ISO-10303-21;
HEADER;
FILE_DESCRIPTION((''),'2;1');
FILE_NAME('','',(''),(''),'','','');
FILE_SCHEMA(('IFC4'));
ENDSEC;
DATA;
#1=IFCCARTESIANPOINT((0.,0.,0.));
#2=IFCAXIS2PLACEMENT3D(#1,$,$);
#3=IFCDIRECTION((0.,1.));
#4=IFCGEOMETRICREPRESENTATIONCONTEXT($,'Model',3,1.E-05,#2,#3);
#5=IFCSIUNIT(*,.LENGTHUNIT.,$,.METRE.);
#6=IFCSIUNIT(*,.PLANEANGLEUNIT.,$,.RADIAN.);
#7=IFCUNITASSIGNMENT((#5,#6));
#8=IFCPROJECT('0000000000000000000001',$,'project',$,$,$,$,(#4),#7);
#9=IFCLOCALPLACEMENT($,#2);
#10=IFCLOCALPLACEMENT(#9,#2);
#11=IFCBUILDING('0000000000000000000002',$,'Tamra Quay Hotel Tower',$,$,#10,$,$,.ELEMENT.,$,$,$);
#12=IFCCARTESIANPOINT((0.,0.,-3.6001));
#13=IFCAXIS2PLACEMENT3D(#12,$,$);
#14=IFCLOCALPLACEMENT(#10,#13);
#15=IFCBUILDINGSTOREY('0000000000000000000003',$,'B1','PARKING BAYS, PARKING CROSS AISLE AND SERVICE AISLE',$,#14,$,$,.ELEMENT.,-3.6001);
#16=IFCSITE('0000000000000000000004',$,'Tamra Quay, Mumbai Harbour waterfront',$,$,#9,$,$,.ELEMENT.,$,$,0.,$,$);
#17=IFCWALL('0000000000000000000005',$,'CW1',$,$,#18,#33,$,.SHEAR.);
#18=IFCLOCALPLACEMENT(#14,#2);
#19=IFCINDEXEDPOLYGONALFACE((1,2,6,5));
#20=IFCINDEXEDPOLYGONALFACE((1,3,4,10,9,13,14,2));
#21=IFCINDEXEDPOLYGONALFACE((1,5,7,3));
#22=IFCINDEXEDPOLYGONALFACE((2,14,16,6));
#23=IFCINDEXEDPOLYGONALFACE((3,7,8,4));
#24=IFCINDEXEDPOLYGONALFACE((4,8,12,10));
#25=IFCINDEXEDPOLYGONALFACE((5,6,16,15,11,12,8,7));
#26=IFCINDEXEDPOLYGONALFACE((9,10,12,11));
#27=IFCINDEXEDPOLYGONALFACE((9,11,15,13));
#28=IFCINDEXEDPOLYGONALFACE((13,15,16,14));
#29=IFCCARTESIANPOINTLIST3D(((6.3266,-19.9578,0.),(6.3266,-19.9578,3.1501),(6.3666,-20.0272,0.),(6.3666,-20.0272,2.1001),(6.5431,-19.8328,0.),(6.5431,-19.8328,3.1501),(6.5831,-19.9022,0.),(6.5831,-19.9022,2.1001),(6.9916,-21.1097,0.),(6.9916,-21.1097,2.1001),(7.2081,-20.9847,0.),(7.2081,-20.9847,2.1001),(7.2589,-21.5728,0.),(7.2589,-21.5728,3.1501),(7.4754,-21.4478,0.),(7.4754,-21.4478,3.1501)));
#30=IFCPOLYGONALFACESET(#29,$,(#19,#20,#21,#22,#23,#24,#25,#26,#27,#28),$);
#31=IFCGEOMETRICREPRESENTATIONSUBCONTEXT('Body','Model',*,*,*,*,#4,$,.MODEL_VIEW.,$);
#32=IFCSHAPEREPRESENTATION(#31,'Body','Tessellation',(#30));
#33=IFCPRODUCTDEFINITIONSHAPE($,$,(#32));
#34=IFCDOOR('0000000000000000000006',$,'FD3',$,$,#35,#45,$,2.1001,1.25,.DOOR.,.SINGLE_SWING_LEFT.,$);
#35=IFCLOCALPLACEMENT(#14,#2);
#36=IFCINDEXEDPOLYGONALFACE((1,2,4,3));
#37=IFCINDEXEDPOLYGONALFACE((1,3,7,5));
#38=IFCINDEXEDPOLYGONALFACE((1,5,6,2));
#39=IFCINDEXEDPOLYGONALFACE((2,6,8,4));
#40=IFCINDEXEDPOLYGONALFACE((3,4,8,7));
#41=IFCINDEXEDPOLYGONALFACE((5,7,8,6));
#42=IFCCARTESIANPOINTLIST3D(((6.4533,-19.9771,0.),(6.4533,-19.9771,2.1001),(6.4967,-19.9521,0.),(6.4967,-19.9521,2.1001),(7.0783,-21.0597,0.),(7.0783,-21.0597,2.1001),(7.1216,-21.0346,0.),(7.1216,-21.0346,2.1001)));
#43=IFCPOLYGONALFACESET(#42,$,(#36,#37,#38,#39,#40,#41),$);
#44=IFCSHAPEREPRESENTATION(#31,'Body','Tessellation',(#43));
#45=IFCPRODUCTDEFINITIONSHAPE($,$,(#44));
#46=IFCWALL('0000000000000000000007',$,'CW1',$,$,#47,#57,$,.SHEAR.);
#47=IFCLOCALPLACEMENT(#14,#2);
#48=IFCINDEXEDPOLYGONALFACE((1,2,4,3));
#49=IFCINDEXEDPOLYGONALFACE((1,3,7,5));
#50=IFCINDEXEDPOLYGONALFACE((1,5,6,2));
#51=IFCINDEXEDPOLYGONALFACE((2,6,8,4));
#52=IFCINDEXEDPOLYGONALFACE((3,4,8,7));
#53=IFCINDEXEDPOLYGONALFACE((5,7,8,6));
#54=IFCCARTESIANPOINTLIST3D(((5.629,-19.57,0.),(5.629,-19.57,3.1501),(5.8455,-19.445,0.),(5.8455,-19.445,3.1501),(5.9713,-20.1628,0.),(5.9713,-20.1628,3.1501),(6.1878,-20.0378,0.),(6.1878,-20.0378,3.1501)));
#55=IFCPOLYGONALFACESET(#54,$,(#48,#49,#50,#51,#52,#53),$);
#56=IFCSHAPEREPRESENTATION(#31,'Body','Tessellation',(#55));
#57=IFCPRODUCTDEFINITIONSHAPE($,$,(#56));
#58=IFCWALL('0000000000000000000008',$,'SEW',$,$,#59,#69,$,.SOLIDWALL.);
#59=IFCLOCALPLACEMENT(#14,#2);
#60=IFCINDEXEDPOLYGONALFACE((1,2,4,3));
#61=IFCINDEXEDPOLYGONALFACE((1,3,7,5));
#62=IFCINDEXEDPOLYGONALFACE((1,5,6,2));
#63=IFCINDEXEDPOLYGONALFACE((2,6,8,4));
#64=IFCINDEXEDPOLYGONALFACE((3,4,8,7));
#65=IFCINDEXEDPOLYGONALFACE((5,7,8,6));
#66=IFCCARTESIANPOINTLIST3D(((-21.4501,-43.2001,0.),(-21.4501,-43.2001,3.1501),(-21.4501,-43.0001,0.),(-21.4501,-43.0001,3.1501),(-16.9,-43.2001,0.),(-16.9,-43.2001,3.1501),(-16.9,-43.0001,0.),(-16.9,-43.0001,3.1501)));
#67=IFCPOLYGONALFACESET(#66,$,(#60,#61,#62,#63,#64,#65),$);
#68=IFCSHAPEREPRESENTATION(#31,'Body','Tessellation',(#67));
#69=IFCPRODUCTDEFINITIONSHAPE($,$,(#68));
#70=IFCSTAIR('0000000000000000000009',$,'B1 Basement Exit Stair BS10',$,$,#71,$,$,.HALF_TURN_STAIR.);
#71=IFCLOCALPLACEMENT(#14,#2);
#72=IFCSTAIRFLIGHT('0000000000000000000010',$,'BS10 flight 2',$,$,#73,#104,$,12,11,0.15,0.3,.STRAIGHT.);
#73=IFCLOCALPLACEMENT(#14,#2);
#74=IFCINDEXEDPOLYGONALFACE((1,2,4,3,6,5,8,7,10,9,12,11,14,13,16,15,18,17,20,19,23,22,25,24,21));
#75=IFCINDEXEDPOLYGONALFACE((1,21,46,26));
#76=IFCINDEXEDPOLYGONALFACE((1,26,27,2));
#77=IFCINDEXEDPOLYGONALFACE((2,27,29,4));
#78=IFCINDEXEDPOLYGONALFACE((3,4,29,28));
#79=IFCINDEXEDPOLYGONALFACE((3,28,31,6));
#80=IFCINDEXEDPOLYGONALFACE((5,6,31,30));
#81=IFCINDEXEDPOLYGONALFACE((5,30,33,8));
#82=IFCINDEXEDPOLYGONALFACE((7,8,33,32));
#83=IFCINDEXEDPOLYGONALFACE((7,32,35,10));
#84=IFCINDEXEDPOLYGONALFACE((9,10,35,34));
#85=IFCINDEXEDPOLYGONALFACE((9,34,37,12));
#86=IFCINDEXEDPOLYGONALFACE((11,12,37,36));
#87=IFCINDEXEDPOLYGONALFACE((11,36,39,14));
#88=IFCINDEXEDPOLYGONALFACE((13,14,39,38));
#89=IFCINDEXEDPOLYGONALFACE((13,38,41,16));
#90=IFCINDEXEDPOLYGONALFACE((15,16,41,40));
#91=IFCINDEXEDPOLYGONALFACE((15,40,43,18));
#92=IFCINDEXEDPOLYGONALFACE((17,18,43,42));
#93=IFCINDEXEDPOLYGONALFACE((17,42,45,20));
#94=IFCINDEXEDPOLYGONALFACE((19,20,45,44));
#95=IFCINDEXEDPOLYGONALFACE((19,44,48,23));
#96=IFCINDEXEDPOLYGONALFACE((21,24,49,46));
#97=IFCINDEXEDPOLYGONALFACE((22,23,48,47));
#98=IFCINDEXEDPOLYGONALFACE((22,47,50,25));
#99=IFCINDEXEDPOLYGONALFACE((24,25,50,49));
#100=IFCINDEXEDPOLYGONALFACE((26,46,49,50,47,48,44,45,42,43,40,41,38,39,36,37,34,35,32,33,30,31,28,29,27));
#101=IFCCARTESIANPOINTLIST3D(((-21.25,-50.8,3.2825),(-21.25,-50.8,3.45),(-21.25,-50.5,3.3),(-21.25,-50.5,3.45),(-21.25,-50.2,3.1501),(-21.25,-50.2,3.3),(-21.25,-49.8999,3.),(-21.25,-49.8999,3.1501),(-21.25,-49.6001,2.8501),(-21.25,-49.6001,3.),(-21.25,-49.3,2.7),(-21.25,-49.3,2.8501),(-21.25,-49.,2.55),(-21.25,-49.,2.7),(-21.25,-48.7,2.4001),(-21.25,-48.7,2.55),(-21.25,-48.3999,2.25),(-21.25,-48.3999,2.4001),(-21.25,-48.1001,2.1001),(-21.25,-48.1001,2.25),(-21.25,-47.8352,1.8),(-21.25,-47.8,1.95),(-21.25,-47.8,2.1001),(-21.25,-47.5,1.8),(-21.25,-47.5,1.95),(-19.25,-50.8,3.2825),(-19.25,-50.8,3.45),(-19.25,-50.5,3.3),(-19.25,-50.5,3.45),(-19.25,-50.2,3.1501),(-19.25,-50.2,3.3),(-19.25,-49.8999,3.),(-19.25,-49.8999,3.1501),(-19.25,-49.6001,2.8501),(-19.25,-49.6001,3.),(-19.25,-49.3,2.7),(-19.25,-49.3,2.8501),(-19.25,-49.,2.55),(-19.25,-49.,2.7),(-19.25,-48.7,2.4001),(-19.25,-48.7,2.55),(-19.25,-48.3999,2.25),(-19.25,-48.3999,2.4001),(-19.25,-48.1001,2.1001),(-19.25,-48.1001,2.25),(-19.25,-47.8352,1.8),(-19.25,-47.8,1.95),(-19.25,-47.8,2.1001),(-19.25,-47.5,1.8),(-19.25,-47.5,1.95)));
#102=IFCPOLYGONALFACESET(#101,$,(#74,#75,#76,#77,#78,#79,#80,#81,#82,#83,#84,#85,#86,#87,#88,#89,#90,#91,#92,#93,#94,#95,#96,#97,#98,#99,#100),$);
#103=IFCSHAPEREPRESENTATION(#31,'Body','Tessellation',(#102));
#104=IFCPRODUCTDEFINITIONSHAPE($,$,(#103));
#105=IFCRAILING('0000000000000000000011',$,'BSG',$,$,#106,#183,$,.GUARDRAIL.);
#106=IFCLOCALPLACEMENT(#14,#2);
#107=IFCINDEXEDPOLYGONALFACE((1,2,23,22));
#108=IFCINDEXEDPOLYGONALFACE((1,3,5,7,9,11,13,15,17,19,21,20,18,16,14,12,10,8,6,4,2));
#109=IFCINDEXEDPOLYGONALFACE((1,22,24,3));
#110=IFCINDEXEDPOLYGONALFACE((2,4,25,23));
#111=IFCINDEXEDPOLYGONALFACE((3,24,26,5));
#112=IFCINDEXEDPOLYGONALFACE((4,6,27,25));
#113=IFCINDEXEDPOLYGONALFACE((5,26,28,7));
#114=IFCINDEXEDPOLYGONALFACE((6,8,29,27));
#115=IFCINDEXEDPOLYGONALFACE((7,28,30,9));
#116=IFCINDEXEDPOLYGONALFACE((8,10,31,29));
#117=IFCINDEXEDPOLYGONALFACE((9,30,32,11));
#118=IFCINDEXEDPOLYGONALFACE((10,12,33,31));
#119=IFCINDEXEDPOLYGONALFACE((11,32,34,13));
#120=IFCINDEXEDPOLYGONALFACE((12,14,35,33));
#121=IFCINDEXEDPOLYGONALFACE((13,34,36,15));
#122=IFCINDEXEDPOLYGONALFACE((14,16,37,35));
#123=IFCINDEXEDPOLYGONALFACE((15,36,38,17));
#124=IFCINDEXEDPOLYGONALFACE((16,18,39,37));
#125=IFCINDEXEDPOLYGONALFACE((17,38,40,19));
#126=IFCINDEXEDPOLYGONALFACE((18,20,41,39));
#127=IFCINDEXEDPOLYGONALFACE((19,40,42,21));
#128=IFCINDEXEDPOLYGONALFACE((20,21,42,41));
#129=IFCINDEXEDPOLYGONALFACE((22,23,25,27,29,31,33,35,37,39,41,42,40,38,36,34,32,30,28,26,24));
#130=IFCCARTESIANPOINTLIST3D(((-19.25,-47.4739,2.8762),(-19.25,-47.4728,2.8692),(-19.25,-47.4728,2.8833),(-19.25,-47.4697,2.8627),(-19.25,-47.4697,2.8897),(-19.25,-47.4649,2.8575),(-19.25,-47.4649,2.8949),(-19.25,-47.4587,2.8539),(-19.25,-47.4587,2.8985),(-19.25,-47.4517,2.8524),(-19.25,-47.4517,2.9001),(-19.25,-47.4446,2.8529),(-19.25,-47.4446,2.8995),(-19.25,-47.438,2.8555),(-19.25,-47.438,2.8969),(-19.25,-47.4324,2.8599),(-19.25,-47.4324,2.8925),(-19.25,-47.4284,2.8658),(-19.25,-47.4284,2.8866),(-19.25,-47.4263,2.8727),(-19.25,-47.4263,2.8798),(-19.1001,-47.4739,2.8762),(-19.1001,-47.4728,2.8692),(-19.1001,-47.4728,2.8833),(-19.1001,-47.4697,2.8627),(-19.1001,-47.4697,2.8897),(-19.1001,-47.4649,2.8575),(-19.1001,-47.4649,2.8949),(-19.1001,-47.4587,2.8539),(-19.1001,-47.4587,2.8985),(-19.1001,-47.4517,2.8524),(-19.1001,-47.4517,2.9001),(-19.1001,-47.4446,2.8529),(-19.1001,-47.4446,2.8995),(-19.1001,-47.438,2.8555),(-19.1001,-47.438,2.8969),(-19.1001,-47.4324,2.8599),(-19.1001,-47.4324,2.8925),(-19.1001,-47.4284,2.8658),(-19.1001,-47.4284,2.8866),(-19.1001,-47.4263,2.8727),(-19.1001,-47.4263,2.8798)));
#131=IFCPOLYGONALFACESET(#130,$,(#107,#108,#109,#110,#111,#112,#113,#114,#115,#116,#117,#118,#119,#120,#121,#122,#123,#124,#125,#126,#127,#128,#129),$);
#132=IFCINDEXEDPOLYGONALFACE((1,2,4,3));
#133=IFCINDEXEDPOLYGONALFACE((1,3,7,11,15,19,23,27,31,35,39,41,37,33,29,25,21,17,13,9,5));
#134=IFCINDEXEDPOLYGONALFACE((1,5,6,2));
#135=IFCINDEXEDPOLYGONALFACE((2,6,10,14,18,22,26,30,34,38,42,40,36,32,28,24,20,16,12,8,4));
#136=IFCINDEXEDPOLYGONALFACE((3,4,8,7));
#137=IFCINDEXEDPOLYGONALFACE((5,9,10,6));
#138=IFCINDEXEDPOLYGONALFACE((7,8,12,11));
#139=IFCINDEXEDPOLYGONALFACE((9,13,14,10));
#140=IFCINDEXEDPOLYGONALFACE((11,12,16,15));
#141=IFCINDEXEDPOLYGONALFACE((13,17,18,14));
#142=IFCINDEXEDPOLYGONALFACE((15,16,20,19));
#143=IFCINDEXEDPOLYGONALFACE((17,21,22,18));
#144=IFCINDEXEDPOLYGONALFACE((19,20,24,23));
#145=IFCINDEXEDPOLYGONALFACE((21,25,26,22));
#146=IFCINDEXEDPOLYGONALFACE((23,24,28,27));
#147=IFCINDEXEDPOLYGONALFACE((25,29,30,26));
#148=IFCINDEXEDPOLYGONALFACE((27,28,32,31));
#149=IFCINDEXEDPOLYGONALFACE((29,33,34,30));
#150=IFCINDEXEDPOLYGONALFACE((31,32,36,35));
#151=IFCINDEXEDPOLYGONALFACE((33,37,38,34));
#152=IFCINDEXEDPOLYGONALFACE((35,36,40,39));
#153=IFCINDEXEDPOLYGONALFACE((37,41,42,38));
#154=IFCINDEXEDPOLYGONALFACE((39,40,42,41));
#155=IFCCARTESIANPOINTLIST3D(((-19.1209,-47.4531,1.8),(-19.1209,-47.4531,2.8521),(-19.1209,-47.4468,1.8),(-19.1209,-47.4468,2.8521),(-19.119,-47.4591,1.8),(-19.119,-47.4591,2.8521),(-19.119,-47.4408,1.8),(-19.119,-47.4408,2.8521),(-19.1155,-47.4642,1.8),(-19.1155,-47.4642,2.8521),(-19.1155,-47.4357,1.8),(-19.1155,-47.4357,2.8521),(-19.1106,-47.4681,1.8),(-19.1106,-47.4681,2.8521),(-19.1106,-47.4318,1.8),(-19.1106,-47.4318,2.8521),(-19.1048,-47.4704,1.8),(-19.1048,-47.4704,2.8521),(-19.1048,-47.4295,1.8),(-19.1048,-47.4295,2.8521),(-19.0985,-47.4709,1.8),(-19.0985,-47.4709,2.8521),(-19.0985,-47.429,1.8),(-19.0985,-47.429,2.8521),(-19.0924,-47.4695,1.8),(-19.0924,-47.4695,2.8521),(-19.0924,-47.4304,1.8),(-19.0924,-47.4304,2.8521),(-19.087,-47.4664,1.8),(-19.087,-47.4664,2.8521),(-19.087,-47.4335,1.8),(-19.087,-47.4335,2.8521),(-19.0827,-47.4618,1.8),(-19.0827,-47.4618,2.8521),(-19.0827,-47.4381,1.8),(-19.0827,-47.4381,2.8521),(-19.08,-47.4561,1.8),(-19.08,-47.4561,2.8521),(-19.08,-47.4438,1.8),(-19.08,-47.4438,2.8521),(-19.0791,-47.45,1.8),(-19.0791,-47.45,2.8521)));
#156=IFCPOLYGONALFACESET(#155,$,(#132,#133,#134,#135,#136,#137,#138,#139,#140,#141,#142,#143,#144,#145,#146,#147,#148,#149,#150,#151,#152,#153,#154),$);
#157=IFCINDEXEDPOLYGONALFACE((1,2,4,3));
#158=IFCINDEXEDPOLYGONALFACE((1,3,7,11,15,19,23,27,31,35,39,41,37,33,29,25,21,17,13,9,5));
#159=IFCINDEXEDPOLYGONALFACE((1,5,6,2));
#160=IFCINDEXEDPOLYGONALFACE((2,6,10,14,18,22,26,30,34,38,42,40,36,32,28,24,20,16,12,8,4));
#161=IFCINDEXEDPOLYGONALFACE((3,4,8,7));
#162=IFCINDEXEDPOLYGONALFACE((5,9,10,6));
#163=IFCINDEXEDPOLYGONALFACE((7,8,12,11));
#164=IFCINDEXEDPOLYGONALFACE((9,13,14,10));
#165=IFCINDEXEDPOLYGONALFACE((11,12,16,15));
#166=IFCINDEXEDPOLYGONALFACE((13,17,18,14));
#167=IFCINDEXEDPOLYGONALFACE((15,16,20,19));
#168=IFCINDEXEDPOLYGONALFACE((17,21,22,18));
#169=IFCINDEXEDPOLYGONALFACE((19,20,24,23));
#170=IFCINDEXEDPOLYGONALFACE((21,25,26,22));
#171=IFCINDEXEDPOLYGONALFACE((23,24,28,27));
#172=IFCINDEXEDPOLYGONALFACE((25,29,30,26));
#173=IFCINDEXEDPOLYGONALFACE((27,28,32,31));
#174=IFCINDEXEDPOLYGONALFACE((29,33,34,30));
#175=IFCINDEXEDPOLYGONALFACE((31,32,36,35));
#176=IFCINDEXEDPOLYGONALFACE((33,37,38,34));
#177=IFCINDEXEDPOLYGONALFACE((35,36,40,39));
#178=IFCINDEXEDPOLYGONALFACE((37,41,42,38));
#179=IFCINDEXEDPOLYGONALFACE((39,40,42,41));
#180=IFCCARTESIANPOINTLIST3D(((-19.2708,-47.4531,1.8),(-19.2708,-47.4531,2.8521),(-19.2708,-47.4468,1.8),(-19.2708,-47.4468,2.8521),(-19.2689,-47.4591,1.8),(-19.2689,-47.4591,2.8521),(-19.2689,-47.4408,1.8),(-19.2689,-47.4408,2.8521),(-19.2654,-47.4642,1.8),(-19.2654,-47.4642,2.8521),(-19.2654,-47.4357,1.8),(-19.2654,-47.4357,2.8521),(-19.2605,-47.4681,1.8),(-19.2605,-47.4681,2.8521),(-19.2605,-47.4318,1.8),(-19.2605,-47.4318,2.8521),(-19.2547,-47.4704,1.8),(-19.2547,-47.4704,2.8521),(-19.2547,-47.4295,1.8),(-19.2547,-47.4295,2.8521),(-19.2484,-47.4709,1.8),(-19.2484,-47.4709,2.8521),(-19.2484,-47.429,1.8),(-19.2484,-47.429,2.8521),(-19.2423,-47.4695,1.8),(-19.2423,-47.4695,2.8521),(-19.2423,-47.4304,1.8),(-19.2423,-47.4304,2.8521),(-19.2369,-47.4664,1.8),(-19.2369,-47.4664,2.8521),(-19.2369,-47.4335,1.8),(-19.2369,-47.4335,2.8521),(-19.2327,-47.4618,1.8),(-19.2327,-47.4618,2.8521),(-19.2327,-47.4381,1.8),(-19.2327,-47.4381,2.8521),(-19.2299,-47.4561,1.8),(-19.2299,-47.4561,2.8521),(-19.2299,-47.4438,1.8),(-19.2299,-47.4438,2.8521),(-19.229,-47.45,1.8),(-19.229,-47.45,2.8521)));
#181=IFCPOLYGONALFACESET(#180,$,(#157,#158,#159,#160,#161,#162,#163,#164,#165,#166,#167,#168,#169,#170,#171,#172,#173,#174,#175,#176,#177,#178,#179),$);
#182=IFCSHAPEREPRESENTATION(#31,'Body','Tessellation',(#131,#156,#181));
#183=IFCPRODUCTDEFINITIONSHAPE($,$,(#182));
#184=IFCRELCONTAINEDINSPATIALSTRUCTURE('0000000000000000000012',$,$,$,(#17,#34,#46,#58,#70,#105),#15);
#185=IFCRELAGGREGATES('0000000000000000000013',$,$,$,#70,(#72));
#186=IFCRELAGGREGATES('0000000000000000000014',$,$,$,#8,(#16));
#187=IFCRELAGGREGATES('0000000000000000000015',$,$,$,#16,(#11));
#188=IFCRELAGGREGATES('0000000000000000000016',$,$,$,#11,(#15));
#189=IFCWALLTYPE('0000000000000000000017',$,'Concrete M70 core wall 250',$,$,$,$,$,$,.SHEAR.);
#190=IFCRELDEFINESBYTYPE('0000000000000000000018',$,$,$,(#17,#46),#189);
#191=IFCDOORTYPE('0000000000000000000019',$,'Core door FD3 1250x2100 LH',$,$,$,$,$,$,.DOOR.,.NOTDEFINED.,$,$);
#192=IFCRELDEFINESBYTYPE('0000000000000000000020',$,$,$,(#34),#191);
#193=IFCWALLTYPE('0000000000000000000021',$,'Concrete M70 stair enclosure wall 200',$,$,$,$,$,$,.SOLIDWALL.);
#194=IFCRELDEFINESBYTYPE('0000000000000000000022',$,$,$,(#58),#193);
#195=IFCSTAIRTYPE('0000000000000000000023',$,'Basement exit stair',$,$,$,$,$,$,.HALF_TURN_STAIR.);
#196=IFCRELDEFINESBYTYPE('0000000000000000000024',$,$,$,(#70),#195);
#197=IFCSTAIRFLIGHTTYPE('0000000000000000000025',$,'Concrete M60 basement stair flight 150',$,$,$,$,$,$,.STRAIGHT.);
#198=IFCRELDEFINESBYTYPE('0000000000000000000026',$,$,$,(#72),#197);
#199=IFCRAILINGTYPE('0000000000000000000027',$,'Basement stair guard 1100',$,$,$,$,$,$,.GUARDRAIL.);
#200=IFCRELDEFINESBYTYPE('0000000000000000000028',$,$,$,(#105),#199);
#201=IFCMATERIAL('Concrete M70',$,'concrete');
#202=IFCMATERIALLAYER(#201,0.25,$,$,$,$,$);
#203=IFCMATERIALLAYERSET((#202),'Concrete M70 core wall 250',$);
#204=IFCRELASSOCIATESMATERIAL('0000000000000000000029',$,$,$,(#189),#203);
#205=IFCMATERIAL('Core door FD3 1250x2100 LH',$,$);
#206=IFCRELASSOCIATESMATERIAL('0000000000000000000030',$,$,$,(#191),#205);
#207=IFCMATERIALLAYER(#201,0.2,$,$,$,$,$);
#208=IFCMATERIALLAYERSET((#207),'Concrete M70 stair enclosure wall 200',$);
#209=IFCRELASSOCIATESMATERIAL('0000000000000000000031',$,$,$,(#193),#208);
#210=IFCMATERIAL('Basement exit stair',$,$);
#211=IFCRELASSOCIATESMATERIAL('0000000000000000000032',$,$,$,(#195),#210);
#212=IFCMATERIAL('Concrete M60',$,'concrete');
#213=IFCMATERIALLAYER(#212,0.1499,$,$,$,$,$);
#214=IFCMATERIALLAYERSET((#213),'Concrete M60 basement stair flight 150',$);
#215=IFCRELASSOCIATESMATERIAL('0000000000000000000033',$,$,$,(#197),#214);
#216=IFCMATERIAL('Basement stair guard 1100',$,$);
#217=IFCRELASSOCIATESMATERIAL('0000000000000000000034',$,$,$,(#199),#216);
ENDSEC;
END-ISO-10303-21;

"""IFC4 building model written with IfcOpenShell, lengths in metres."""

from ifc_helpers import new_model, si_unit, direction, frame, frame_2d, origin, origin_2d, place, context, subcontext, project, spatial, polyline, rectangle, circle, outline, extrude, material, layer, layer_set, type_object, element, fill, aggregate, save


model = new_model("IFC4")

# Units and contexts
model_context = context("Model", 3, precision=1e-05, world=origin(), true_north=direction((0.0, 1.0)))
body_context = subcontext(model_context, "Body", "Model", "MODEL_VIEW")
ifc_project = project(units=[si_unit("LENGTHUNIT", "METRE"), si_unit("PLANEANGLEUNIT", "RADIAN")], contexts=[model_context])

# Site, building, storey
site_placement = place(None, origin())
site = spatial("IfcSite", under=ifc_project, at=site_placement, Name="Tamra Quay, Mumbai Harbour waterfront", CompositionType="ELEMENT", RefElevation=0.0)
building_placement = place(site_placement, origin())
building = spatial("IfcBuilding", under=site, at=building_placement, Name="Tamra Quay Hotel Tower", CompositionType="ELEMENT")
storey_placement = place(building_placement, frame((0.0, 0.0, -3.6001)))
storey = spatial("IfcBuildingStorey", under=building, at=storey_placement, Name="B1", Description="PARKING BAYS, PARKING CROSS AISLE AND SERVICE AISLE", CompositionType="ELEMENT", Elevation=-3.6001)

# Shared definitions
ifc_material_1 = material(Name="Concrete M70", Category="concrete")

# Shared definitions
ifc_layer_1 = layer(ifc_material_1, 0.25)
ifc_layer_set_1 = layer_set([ifc_layer_1], Name="Concrete M70 core wall 250")
wall_type_1 = type_object("IfcWallType", Name="Concrete M70 core wall 250", PredefinedType="SHEAR", material=ifc_layer_set_1)

# Wall, opening, door
wall_1_placement = place(storey_placement, frame((7.3672, -21.5103, 0.0), z_axis=(0.0, 0.0, 1.0), x_axis=(-0.499983, 0.866035, 0.0)))
wall_1 = element("IfcWall", 1, at=wall_1_placement, inside=storey, type_object=wall_type_1, Name="CW1", PredefinedType="SHEAR", context=body_context, shape_type="SweptSolid", body=[
    extrude(rectangle(XDim=1.8647, YDim=0.25, at=frame_2d((0.9324, 0.0))), origin(), (0.0, 0.0, 1.0), 3.1501),
])
opening_1_placement = place(wall_1_placement, frame((0.5347, 0.0, 0.0)))
opening_1 = element("IfcOpeningElement", 2, at=opening_1_placement, cuts=wall_1, PredefinedType="OPENING", context=body_context, shape_type="SweptSolid", body=[
    extrude(rectangle(XDim=1.25, YDim=2.1001, at=frame_2d((0.625, 1.05))), frame((0.0, 0.135, 0.0), z_axis=(0.0, -1.0, 0.0), x_axis=(1.0, 0.0, 0.0)), (0.0, 0.0, 1.0), 0.27),
])
ifc_material_2 = material(Name="Core door FD3 1250x2100 LH")
door_type_1 = type_object("IfcDoorType", Name="Core door FD3 1250x2100 LH", OperationType="NOTDEFINED", PredefinedType="DOOR", material=ifc_material_2)
door_1_placement = place(opening_1_placement, origin())
door_1 = element("IfcDoor", 3, at=door_1_placement, inside=storey, type_object=door_type_1, Name="FD3", OperationType="SINGLE_SWING_LEFT", OverallHeight=2.1001, OverallWidth=1.25, PredefinedType="DOOR", context=body_context, shape_type="SweptSolid", body=[
    extrude(rectangle(XDim=1.25, YDim=2.1001, at=frame_2d((0.625, 1.05))), frame((0.0, 0.0249, 0.0), z_axis=(0.0, -1.0, 0.0), x_axis=(1.0, 0.0, 0.0)), (0.0, 0.0, 1.0), 0.05),
])
fill(opening_1, door_1)

# Walls
wall_2_placement = place(storey_placement, frame((6.0796, -20.1003, 0.0), z_axis=(0.0, 0.0, 1.0), x_axis=(-0.500052, 0.865996, 0.0)))
element("IfcWall", 4, at=wall_2_placement, inside=storey, type_object=wall_type_1, Name="CW1", PredefinedType="SHEAR", context=body_context, shape_type="SweptSolid", body=[
    extrude(rectangle(XDim=0.6846, YDim=0.25, at=frame_2d((0.3423, 0.0))), origin(), (0.0, 0.0, 1.0), 3.1501),
])
ifc_layer_2 = layer(ifc_material_1, 0.2)
ifc_layer_set_2 = layer_set([ifc_layer_2], Name="Concrete M70 stair enclosure wall 200")
wall_type_2 = type_object("IfcWallType", Name="Concrete M70 stair enclosure wall 200", PredefinedType="SOLIDWALL", material=ifc_layer_set_2)
wall_3_placement = place(storey_placement, frame((-21.45, -43.1001, 0.0), z_axis=(0.0, 0.0, 1.0), x_axis=(1.0, 0.0, 0.0)))
element("IfcWall", 5, at=wall_3_placement, inside=storey, type_object=wall_type_2, Name="SEW", PredefinedType="SOLIDWALL", context=body_context, shape_type="SweptSolid", body=[
    extrude(rectangle(XDim=4.55, YDim=0.2, at=frame_2d((2.2749, 0.0))), origin(), (0.0, 0.0, 1.0), 3.1501),
])

# Stair, stair flight
ifc_material_3 = material(Name="Basement exit stair")
stair_type = type_object("IfcStairType", Name="Basement exit stair", PredefinedType="HALF_TURN_STAIR", material=ifc_material_3)
stair_placement = place(storey_placement, origin())
stair = element("IfcStair", 6, at=stair_placement, inside=storey, type_object=stair_type, Name="B1 Basement Exit Stair BS10", PredefinedType="HALF_TURN_STAIR")
ifc_material_4 = material(Name="Concrete M60", Category="concrete")
ifc_layer_3 = layer(ifc_material_4, 0.1499)
ifc_layer_set_3 = layer_set([ifc_layer_3], Name="Concrete M60 basement stair flight 150")
stair_flight_type = type_object("IfcStairFlightType", Name="Concrete M60 basement stair flight 150", PredefinedType="STRAIGHT", material=ifc_layer_set_3)
stair_flight_placement = place(storey_placement, frame((-20.25, -47.5, 1.8), z_axis=(0.0, 0.0, 1.0), x_axis=(0.0, -1.0, 0.0)))
stair_flight = element("IfcStairFlight", 7, at=stair_flight_placement, type_object=stair_flight_type, Name="BS10 flight 2", NumberOfRisers=12, NumberOfTreads=11, PredefinedType="STRAIGHT", RiserHeight=0.15, TreadLength=0.3, context=body_context, shape_type="SweptSolid", body=[
    extrude(outline(polyline([(0.0, 0.0), (0.0, 0.1499), (0.3, 0.1499), (0.3, 0.3), (0.6001, 0.3), (0.6001, 0.45), (0.8999, 0.45), (0.8999, 0.6001), (1.2, 0.6001), (1.2, 0.75), (1.5, 0.75), (1.5, 0.8999), (1.8, 0.8999), (1.8, 1.05), (2.1001, 1.05), (2.1001, 1.2), (2.3999, 1.2), (2.3999, 1.3501), (2.7, 1.3501), (2.7, 1.5), (3.0, 1.5), (3.0, 1.6499), (3.3, 1.6499), (3.3, 1.8), (3.3, 1.4824), (0.3352, 0.0), (0.0, 0.0)])), frame((0.0, 1.0, 0.0), z_axis=(0.0, -1.0, 0.0), x_axis=(1.0, 0.0, 0.0)), (0.0, 0.0, 1.0), 2.0),
])
aggregate(stair, [stair_flight])

# Railing
ifc_material_5 = material(Name="Basement stair guard 1100")
railing_type = type_object("IfcRailingType", Name="Basement stair guard 1100", PredefinedType="GUARDRAIL", material=ifc_material_5)
railing_1_placement = place(storey_placement, frame((-19.1001, -47.45, 1.8)))
element("IfcRailing", 8, at=railing_1_placement, inside=storey, type_object=railing_type, Name="BSG", PredefinedType="GUARDRAIL", context=body_context, shape_type="SweptSolid", body=[
    extrude(circle(Radius=0.0239, at=origin_2d()), frame((0.0, 0.0, 1.0762), z_axis=(-1.0, 0.0, 0.0), x_axis=(0.0, -1.0, 0.0)), (0.0, 0.0, 1.0), 0.1499),
    extrude(circle(Radius=0.021, at=origin_2d()), origin(), (0.0, 0.0, 1.0), 1.052),
    extrude(circle(Radius=0.021, at=origin_2d()), frame((-0.1499, 0.0, 0.0)), (0.0, 0.0, 1.0), 1.052),
])

save(model, "model.ifc")
